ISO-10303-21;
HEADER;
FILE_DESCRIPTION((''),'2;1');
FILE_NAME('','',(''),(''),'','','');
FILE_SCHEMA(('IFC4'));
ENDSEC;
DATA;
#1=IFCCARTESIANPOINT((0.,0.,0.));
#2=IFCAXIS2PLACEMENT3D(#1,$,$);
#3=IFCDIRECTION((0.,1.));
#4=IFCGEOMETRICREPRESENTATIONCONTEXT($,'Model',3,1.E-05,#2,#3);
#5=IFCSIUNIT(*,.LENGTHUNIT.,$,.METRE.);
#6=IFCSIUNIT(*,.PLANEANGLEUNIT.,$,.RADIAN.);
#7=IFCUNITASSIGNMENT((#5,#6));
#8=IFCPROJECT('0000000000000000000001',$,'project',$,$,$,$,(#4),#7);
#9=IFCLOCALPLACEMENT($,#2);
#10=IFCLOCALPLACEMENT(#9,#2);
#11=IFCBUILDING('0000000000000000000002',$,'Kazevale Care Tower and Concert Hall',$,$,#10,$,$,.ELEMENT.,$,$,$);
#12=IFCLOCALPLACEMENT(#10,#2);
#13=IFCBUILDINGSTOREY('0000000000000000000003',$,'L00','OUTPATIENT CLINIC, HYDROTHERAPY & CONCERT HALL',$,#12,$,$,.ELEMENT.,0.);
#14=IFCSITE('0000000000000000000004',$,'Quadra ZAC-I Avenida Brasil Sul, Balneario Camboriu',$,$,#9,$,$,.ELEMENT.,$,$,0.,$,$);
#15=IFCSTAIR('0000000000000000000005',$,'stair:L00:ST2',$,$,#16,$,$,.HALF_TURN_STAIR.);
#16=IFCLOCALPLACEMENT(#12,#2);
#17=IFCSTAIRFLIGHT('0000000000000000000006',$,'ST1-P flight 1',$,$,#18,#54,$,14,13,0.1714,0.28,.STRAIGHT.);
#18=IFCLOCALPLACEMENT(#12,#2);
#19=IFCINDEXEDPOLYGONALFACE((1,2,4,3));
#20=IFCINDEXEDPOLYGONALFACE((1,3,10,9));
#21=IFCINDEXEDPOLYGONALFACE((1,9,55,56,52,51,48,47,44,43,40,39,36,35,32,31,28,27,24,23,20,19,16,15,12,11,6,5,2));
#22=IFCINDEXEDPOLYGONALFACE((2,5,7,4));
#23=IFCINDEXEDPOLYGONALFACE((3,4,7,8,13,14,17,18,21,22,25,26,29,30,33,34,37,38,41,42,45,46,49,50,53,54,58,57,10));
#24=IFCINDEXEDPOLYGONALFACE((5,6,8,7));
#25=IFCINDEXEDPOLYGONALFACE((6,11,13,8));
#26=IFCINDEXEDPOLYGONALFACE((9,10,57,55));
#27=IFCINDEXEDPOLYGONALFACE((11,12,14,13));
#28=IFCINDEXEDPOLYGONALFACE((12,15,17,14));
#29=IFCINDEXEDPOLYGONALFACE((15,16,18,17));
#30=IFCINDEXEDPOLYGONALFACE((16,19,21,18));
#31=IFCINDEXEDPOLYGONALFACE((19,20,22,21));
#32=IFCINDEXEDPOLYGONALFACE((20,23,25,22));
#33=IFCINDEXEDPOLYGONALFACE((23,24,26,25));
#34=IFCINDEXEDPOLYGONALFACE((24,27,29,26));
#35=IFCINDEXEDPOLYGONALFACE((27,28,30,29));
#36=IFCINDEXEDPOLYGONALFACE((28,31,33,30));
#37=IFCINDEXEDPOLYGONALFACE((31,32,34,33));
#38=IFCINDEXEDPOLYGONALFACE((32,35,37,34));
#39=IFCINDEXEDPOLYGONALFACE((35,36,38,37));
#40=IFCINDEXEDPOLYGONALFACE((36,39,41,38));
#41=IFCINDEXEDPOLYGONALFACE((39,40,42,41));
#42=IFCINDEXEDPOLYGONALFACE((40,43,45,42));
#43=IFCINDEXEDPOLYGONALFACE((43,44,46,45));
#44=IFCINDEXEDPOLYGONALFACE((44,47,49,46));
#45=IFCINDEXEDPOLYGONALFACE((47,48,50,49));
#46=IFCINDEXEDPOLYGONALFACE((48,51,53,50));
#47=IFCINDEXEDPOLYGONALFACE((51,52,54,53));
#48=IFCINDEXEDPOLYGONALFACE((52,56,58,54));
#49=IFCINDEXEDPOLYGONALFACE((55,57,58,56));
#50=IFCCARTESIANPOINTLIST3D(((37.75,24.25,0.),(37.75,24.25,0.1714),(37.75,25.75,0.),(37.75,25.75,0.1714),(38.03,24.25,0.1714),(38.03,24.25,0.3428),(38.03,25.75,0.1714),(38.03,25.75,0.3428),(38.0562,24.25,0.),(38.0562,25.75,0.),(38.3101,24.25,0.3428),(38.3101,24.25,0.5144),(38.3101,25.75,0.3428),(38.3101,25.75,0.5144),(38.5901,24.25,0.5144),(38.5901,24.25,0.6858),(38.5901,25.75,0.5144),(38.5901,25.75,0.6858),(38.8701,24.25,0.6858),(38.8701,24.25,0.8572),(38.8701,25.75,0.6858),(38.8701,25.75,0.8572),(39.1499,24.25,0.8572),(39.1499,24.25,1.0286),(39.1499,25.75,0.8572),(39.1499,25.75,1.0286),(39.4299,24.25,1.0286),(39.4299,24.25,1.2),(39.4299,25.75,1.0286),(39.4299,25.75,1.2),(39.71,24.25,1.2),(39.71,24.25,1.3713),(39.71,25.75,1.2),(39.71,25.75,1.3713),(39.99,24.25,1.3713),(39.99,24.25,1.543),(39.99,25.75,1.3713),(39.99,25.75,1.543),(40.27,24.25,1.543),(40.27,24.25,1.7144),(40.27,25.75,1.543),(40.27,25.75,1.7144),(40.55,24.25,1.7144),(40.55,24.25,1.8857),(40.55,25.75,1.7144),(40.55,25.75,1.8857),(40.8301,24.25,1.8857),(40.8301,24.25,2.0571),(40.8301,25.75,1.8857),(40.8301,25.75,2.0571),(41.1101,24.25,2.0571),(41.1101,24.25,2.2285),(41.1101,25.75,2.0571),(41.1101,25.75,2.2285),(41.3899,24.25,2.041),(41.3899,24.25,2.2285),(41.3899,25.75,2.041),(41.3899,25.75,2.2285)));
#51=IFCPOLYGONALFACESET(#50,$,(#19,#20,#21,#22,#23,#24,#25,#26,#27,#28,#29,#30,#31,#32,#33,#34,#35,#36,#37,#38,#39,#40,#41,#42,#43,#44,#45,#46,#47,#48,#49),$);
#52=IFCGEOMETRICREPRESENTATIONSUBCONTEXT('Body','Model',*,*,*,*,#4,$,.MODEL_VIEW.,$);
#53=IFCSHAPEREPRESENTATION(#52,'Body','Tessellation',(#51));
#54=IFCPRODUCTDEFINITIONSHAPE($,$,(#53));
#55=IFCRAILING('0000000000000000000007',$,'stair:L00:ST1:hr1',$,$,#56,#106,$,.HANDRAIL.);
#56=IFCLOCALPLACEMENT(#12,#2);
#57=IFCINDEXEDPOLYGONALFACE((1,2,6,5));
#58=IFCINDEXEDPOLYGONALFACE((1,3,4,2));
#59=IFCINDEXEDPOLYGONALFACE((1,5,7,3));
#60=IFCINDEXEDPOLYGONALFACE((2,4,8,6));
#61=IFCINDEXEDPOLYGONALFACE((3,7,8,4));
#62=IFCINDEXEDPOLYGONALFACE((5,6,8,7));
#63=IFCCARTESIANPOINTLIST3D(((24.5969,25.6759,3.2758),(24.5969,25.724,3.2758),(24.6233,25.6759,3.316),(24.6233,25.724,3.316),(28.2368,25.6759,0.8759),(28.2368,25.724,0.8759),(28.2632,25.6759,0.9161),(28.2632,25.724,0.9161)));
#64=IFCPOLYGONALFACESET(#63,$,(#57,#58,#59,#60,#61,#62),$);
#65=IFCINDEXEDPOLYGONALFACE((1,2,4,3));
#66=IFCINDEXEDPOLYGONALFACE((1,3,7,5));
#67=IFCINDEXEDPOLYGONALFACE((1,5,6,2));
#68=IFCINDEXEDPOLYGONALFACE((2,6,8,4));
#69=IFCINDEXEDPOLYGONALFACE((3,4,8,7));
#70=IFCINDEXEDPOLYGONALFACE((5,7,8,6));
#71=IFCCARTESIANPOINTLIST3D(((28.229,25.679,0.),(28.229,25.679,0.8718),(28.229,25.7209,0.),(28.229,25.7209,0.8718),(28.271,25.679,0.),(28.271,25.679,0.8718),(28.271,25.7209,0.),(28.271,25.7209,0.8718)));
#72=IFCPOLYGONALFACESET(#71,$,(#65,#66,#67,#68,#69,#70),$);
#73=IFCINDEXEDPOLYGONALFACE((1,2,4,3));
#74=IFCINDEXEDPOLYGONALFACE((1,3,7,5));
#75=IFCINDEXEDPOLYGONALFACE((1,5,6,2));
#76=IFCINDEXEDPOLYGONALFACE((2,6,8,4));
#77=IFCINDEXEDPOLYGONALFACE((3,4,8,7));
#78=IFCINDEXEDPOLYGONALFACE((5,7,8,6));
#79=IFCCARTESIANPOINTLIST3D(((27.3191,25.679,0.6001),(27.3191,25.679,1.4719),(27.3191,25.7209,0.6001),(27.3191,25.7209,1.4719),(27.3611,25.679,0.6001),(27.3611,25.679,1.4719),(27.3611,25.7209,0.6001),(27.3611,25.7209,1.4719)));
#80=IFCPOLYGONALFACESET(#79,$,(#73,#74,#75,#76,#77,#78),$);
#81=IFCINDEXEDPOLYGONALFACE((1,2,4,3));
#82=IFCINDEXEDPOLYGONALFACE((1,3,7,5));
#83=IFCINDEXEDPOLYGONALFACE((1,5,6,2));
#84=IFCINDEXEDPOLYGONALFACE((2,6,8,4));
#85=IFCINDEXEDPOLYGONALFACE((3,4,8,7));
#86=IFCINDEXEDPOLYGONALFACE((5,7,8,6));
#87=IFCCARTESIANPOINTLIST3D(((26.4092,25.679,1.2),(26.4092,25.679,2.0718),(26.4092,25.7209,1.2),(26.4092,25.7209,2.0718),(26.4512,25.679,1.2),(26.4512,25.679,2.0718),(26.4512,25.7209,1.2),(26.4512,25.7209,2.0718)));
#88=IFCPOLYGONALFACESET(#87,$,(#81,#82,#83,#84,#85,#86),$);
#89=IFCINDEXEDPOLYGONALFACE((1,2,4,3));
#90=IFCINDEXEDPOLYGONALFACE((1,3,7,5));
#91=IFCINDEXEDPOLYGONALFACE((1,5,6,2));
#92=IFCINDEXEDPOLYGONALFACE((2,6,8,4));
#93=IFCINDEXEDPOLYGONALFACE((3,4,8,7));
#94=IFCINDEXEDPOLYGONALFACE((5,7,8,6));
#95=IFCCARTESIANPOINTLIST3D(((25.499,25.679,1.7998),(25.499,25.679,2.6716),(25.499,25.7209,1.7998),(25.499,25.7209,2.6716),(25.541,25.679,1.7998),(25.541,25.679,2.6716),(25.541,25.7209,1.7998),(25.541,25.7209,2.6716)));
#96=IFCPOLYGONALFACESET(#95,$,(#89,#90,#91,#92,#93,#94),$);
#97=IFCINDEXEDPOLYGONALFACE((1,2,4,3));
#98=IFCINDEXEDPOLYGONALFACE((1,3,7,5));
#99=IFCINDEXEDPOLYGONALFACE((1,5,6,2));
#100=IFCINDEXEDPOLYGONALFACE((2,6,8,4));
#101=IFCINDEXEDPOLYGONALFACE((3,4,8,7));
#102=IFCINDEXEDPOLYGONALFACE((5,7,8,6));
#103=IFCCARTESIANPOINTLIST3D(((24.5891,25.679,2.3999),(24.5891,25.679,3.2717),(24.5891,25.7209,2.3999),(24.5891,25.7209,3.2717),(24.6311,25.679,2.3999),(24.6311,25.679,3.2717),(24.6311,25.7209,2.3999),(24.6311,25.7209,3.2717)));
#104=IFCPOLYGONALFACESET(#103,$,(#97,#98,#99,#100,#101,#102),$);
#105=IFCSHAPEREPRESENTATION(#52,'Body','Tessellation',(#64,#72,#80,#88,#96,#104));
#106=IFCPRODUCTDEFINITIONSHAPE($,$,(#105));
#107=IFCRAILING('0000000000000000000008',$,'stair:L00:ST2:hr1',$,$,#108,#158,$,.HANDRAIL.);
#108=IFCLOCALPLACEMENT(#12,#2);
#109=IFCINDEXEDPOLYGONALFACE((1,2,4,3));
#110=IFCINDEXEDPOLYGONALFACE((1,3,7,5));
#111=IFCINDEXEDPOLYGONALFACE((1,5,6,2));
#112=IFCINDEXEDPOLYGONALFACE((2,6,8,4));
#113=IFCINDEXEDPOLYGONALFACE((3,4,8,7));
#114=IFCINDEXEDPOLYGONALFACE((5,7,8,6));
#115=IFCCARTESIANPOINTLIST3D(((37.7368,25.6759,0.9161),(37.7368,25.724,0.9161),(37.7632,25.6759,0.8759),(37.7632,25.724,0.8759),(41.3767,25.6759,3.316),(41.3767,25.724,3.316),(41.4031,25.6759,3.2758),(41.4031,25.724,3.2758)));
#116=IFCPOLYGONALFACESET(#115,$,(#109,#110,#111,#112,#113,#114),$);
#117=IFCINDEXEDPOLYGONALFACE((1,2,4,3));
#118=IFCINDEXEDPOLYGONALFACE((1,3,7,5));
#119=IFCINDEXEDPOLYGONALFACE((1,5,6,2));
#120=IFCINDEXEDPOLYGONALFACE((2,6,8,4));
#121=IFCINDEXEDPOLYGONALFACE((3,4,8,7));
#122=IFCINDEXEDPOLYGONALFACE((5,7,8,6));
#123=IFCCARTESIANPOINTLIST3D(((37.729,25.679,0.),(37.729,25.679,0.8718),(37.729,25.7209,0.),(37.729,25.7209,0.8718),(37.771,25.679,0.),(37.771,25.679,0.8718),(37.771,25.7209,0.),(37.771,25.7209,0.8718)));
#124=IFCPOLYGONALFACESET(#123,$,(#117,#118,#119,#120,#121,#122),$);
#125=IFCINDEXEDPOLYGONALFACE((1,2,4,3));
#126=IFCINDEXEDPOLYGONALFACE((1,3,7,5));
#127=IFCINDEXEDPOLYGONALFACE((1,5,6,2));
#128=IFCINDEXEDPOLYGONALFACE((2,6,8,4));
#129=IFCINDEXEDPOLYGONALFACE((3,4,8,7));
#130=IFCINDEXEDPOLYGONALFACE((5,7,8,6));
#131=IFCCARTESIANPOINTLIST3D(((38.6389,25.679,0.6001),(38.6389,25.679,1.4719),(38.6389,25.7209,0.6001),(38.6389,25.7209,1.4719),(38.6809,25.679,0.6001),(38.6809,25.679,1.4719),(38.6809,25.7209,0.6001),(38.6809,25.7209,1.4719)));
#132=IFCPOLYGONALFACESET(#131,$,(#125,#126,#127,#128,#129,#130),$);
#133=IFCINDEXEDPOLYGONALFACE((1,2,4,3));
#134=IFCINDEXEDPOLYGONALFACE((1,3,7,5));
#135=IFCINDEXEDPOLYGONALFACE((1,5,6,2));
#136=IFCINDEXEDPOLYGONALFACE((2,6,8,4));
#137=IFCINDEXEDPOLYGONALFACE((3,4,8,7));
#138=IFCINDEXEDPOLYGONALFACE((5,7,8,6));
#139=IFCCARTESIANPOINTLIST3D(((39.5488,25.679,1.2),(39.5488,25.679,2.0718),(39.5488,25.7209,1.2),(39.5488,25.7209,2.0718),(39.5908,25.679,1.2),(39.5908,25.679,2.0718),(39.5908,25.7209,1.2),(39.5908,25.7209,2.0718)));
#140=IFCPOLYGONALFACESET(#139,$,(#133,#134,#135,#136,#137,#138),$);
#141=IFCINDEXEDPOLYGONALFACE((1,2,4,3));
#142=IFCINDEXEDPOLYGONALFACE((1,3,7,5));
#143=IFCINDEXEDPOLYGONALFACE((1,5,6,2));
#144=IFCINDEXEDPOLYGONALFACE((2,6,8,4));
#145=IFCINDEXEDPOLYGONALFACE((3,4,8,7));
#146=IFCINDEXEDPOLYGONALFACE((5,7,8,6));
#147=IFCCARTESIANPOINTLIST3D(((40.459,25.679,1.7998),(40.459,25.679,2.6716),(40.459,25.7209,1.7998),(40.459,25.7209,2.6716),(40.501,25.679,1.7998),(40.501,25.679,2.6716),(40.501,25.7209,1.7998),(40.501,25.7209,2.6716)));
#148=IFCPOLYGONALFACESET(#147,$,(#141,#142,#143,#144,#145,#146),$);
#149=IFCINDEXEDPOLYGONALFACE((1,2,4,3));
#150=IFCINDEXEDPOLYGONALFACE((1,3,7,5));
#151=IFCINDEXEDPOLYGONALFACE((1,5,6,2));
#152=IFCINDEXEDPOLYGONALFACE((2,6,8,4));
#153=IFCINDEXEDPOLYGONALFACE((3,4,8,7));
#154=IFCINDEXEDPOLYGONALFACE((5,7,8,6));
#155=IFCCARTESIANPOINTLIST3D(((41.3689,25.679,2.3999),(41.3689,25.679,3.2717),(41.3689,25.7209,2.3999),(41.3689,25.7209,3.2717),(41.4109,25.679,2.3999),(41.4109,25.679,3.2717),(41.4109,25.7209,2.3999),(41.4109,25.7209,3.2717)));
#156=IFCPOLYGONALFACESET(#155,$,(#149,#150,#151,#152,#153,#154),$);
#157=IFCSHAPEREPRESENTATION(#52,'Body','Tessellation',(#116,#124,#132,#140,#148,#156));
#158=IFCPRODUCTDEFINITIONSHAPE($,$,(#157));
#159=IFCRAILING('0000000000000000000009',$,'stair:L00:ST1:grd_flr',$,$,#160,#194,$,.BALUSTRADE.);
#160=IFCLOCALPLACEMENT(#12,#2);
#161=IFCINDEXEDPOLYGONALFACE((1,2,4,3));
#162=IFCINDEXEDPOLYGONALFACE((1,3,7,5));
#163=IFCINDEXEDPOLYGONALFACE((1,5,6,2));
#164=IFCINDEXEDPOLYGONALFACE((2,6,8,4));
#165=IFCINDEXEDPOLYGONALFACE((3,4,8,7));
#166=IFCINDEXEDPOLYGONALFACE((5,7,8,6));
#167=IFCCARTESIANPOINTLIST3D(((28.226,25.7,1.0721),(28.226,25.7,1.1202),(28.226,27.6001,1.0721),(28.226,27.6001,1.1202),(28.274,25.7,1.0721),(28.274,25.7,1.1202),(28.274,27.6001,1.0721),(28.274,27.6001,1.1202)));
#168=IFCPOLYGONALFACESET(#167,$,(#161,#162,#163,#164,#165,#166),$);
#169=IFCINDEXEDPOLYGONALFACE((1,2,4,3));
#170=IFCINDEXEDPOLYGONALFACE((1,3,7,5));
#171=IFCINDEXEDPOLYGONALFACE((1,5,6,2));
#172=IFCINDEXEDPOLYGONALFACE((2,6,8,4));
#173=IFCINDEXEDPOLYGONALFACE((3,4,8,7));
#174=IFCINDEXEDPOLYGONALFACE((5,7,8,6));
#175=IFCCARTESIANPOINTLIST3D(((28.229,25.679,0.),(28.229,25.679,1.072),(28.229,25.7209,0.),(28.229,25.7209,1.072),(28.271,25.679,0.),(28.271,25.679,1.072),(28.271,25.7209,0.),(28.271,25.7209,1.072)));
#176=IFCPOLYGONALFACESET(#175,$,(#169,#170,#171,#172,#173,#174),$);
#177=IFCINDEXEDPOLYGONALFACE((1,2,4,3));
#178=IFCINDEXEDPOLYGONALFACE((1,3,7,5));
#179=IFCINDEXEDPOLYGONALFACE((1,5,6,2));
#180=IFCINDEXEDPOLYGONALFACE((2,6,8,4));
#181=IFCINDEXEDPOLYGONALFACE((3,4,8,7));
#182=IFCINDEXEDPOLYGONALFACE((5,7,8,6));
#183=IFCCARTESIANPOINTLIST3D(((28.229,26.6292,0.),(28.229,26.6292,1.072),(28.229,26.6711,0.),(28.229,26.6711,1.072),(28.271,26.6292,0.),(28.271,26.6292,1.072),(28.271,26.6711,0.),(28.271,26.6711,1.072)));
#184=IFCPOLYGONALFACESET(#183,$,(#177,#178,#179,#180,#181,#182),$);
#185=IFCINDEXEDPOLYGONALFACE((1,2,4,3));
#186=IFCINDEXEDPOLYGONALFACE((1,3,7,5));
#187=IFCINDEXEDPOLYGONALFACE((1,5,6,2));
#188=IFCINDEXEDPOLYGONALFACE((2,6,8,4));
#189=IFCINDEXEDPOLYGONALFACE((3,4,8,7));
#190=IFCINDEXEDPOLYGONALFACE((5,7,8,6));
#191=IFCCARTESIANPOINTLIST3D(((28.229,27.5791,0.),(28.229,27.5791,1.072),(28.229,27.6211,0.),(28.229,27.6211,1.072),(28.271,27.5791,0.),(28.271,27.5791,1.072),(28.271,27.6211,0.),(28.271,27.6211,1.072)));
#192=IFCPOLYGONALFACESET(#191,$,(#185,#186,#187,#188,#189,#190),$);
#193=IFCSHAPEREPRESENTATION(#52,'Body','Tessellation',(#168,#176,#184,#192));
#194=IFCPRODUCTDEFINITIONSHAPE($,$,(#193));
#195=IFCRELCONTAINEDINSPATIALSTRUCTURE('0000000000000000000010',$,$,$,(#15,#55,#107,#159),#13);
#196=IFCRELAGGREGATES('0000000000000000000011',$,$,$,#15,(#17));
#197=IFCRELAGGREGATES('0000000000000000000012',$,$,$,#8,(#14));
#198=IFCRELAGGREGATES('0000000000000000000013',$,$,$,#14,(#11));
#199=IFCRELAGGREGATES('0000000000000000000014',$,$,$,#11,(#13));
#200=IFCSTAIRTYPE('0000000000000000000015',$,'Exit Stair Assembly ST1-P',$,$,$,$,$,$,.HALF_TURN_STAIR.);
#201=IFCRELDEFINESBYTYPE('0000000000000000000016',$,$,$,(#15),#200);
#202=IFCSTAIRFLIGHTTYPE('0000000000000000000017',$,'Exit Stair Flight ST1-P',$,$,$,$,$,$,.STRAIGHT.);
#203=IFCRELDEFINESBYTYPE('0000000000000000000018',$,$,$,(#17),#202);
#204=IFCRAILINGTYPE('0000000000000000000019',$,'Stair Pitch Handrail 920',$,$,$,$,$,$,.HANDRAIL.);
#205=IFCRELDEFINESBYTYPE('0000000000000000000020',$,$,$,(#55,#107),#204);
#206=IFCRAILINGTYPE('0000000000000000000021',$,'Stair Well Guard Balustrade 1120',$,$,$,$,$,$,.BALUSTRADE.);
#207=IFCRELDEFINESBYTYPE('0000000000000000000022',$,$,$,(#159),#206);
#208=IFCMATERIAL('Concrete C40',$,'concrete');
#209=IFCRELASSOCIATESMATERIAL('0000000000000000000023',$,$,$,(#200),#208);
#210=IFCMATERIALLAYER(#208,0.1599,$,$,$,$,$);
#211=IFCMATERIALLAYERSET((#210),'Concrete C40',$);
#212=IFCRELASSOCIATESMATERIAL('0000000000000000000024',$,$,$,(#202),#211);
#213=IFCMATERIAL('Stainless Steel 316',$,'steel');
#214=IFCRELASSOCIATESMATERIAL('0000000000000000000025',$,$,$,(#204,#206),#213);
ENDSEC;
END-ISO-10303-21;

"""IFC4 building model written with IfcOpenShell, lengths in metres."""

from ifc_helpers import new_model, si_unit, direction, frame, origin, origin_2d, place, context, subcontext, project, spatial, polyline, rectangle, outline, extrude, material, layer, layer_set, type_object, element, aggregate, save


model = new_model("IFC4")

# Units and contexts
model_context = context("Model", 3, precision=1e-05, world=origin(), true_north=direction((0.0, 1.0)))
body_context = subcontext(model_context, "Body", "Model", "MODEL_VIEW")
ifc_project = project(units=[si_unit("LENGTHUNIT", "METRE"), si_unit("PLANEANGLEUNIT", "RADIAN")], contexts=[model_context])

# Site, building, storey
site_placement = place(None, origin())
site = spatial("IfcSite", under=ifc_project, at=site_placement, Name="Quadra ZAC-I Avenida Brasil Sul, Balneario Camboriu", CompositionType="ELEMENT", RefElevation=0.0)
building_placement = place(site_placement, origin())
building = spatial("IfcBuilding", under=site, at=building_placement, Name="Kazevale Care Tower and Concert Hall", CompositionType="ELEMENT")
storey_placement = place(building_placement, origin())
storey = spatial("IfcBuildingStorey", under=building, at=storey_placement, Name="L00", Description="OUTPATIENT CLINIC, HYDROTHERAPY & CONCERT HALL", CompositionType="ELEMENT", Elevation=0.0)

# Shared definitions
ifc_material_1 = material(Name="Concrete C40", Category="concrete")
ifc_material_2 = material(Name="Stainless Steel 316", Category="steel")

# Stair, stair flight
stair_type = type_object("IfcStairType", Name="Exit Stair Assembly ST1-P", PredefinedType="HALF_TURN_STAIR", material=ifc_material_1)
ifc_layer_1 = layer(ifc_material_1, 0.1599)
ifc_layer_set_1 = layer_set([ifc_layer_1], Name="Concrete C40")
stair_flight_type = type_object("IfcStairFlightType", Name="Exit Stair Flight ST1-P", PredefinedType="STRAIGHT", material=ifc_layer_set_1)
stair_1_placement = place(storey_placement, origin())
stair_1 = element("IfcStair", 1, at=stair_1_placement, inside=storey, type_object=stair_type, Name="stair:L00:ST2", PredefinedType="HALF_TURN_STAIR")
stair_flight_1_placement = place(storey_placement, frame((37.75, 25.0, 0.0), z_axis=(0.0, 0.0, 1.0), x_axis=(1.0, 0.0, 0.0)))
stair_flight_1 = element("IfcStairFlight", 2, at=stair_flight_1_placement, type_object=stair_flight_type, Name="ST1-P flight 1", NumberOfRisers=14, NumberOfTreads=13, PredefinedType="STRAIGHT", RiserHeight=0.1714, TreadLength=0.28, context=body_context, shape_type="SweptSolid", body=[
    extrude(outline(polyline([(0.0, 0.0), (0.0, 0.1714), (0.28, 0.1714), (0.28, 0.3428), (0.5601, 0.3428), (0.5601, 0.5144), (0.8401, 0.5144), (0.8401, 0.6858), (1.1201, 0.6858), (1.1201, 0.8572), (1.3999, 0.8572), (1.3999, 1.0286), (1.6799, 1.0286), (1.6799, 1.2), (1.96, 1.2), (1.96, 1.3713), (2.24, 1.3713), (2.24, 1.543), (2.52, 1.543), (2.52, 1.7144), (2.8, 1.7144), (2.8, 1.8857), (3.0801, 1.8857), (3.0801, 2.0571), (3.3601, 2.0571), (3.3601, 2.2285), (3.6399, 2.2285), (3.6399, 2.3999), (3.6399, 2.041), (0.3062, 0.0), (0.0, 0.0)])), frame((0.0, 0.75, 0.0), z_axis=(0.0, -1.0, 0.0), x_axis=(1.0, 0.0, 0.0)), (0.0, 0.0, 1.0), 1.5),
])
aggregate(stair_1, [stair_flight_1])

# Railings
railing_type_1 = type_object("IfcRailingType", Name="Stair Pitch Handrail 920", PredefinedType="HANDRAIL", material=ifc_material_2)
railing_1_placement = place(storey_placement, frame((28.25, 25.7, 0.0)))
element("IfcRailing", 3, at=railing_1_placement, inside=storey, type_object=railing_type_1, Name="stair:L00:ST1:hr1", PredefinedType="HANDRAIL", context=body_context, shape_type="SweptSolid", body=[
    extrude(rectangle(XDim=0.0481, YDim=0.0481, at=origin_2d()), frame((0.0, 0.0, 0.896), z_axis=(-0.834865, 0.0, 0.550454), x_axis=(0.0, -1.0, 0.0)), (0.0, 0.0, 1.0), 4.3599),
    extrude(rectangle(XDim=0.042, YDim=0.042, at=origin_2d()), origin(), (0.0, 0.0, 1.0), 0.8718),
    extrude(rectangle(XDim=0.042, YDim=0.042, at=origin_2d()), frame((-0.9099, 0.0, 0.6001)), (0.0, 0.0, 1.0), 0.8718),
    extrude(rectangle(XDim=0.042, YDim=0.042, at=origin_2d()), frame((-1.8198, 0.0, 1.2)), (0.0, 0.0, 1.0), 0.8718),
    extrude(rectangle(XDim=0.042, YDim=0.042, at=origin_2d()), frame((-2.73, 0.0, 1.7998)), (0.0, 0.0, 1.0), 0.8718),
    extrude(rectangle(XDim=0.042, YDim=0.042, at=origin_2d()), frame((-3.6399, 0.0, 2.3999)), (0.0, 0.0, 1.0), 0.8718),
])
railing_2_placement = place(storey_placement, frame((37.75, 25.7, 0.0)))
element("IfcRailing", 4, at=railing_2_placement, inside=storey, type_object=railing_type_1, Name="stair:L00:ST2:hr1", PredefinedType="HANDRAIL", context=body_context, shape_type="SweptSolid", body=[
    extrude(rectangle(XDim=0.0481, YDim=0.0481, at=origin_2d()), frame((0.0, 0.0, 0.896), z_axis=(0.834865, 0.0, 0.550454), x_axis=(0.0, 1.0, 0.0)), (0.0, 0.0, 1.0), 4.3599),
    extrude(rectangle(XDim=0.042, YDim=0.042, at=origin_2d()), origin(), (0.0, 0.0, 1.0), 0.8718),
    extrude(rectangle(XDim=0.042, YDim=0.042, at=origin_2d()), frame((0.9099, 0.0, 0.6001)), (0.0, 0.0, 1.0), 0.8718),
    extrude(rectangle(XDim=0.042, YDim=0.042, at=origin_2d()), frame((1.8198, 0.0, 1.2)), (0.0, 0.0, 1.0), 0.8718),
    extrude(rectangle(XDim=0.042, YDim=0.042, at=origin_2d()), frame((2.73, 0.0, 1.7998)), (0.0, 0.0, 1.0), 0.8718),
    extrude(rectangle(XDim=0.042, YDim=0.042, at=origin_2d()), frame((3.6399, 0.0, 2.3999)), (0.0, 0.0, 1.0), 0.8718),
])
railing_type_2 = type_object("IfcRailingType", Name="Stair Well Guard Balustrade 1120", PredefinedType="BALUSTRADE", material=ifc_material_2)
for number, where, name in (
    (5, (28.25, 25.7, 0.0), "stair:L00:ST1:grd_flr"),
):
    element("IfcRailing", number, at=place(storey_placement, frame(where)), inside=storey, type_object=railing_type_2, Name=name, PredefinedType="BALUSTRADE", context=body_context, shape_type="SweptSolid", body=[
        extrude(rectangle(XDim=0.0481, YDim=0.0481, at=origin_2d()), frame((0.0, 0.0, 1.0962), z_axis=(0.0, 1.0, 0.0), x_axis=(-1.0, 0.0, 0.0)), (0.0, 0.0, 1.0), 1.9001),
        extrude(rectangle(XDim=0.042, YDim=0.042, at=origin_2d()), origin(), (0.0, 0.0, 1.0), 1.072),
        extrude(rectangle(XDim=0.042, YDim=0.042, at=origin_2d()), frame((0.0, 0.9502, 0.0)), (0.0, 0.0, 1.0), 1.072),
        extrude(rectangle(XDim=0.042, YDim=0.042, at=origin_2d()), frame((0.0, 1.9001, 0.0)), (0.0, 0.0, 1.0), 1.072),
    ])

save(model, "model.ifc")
